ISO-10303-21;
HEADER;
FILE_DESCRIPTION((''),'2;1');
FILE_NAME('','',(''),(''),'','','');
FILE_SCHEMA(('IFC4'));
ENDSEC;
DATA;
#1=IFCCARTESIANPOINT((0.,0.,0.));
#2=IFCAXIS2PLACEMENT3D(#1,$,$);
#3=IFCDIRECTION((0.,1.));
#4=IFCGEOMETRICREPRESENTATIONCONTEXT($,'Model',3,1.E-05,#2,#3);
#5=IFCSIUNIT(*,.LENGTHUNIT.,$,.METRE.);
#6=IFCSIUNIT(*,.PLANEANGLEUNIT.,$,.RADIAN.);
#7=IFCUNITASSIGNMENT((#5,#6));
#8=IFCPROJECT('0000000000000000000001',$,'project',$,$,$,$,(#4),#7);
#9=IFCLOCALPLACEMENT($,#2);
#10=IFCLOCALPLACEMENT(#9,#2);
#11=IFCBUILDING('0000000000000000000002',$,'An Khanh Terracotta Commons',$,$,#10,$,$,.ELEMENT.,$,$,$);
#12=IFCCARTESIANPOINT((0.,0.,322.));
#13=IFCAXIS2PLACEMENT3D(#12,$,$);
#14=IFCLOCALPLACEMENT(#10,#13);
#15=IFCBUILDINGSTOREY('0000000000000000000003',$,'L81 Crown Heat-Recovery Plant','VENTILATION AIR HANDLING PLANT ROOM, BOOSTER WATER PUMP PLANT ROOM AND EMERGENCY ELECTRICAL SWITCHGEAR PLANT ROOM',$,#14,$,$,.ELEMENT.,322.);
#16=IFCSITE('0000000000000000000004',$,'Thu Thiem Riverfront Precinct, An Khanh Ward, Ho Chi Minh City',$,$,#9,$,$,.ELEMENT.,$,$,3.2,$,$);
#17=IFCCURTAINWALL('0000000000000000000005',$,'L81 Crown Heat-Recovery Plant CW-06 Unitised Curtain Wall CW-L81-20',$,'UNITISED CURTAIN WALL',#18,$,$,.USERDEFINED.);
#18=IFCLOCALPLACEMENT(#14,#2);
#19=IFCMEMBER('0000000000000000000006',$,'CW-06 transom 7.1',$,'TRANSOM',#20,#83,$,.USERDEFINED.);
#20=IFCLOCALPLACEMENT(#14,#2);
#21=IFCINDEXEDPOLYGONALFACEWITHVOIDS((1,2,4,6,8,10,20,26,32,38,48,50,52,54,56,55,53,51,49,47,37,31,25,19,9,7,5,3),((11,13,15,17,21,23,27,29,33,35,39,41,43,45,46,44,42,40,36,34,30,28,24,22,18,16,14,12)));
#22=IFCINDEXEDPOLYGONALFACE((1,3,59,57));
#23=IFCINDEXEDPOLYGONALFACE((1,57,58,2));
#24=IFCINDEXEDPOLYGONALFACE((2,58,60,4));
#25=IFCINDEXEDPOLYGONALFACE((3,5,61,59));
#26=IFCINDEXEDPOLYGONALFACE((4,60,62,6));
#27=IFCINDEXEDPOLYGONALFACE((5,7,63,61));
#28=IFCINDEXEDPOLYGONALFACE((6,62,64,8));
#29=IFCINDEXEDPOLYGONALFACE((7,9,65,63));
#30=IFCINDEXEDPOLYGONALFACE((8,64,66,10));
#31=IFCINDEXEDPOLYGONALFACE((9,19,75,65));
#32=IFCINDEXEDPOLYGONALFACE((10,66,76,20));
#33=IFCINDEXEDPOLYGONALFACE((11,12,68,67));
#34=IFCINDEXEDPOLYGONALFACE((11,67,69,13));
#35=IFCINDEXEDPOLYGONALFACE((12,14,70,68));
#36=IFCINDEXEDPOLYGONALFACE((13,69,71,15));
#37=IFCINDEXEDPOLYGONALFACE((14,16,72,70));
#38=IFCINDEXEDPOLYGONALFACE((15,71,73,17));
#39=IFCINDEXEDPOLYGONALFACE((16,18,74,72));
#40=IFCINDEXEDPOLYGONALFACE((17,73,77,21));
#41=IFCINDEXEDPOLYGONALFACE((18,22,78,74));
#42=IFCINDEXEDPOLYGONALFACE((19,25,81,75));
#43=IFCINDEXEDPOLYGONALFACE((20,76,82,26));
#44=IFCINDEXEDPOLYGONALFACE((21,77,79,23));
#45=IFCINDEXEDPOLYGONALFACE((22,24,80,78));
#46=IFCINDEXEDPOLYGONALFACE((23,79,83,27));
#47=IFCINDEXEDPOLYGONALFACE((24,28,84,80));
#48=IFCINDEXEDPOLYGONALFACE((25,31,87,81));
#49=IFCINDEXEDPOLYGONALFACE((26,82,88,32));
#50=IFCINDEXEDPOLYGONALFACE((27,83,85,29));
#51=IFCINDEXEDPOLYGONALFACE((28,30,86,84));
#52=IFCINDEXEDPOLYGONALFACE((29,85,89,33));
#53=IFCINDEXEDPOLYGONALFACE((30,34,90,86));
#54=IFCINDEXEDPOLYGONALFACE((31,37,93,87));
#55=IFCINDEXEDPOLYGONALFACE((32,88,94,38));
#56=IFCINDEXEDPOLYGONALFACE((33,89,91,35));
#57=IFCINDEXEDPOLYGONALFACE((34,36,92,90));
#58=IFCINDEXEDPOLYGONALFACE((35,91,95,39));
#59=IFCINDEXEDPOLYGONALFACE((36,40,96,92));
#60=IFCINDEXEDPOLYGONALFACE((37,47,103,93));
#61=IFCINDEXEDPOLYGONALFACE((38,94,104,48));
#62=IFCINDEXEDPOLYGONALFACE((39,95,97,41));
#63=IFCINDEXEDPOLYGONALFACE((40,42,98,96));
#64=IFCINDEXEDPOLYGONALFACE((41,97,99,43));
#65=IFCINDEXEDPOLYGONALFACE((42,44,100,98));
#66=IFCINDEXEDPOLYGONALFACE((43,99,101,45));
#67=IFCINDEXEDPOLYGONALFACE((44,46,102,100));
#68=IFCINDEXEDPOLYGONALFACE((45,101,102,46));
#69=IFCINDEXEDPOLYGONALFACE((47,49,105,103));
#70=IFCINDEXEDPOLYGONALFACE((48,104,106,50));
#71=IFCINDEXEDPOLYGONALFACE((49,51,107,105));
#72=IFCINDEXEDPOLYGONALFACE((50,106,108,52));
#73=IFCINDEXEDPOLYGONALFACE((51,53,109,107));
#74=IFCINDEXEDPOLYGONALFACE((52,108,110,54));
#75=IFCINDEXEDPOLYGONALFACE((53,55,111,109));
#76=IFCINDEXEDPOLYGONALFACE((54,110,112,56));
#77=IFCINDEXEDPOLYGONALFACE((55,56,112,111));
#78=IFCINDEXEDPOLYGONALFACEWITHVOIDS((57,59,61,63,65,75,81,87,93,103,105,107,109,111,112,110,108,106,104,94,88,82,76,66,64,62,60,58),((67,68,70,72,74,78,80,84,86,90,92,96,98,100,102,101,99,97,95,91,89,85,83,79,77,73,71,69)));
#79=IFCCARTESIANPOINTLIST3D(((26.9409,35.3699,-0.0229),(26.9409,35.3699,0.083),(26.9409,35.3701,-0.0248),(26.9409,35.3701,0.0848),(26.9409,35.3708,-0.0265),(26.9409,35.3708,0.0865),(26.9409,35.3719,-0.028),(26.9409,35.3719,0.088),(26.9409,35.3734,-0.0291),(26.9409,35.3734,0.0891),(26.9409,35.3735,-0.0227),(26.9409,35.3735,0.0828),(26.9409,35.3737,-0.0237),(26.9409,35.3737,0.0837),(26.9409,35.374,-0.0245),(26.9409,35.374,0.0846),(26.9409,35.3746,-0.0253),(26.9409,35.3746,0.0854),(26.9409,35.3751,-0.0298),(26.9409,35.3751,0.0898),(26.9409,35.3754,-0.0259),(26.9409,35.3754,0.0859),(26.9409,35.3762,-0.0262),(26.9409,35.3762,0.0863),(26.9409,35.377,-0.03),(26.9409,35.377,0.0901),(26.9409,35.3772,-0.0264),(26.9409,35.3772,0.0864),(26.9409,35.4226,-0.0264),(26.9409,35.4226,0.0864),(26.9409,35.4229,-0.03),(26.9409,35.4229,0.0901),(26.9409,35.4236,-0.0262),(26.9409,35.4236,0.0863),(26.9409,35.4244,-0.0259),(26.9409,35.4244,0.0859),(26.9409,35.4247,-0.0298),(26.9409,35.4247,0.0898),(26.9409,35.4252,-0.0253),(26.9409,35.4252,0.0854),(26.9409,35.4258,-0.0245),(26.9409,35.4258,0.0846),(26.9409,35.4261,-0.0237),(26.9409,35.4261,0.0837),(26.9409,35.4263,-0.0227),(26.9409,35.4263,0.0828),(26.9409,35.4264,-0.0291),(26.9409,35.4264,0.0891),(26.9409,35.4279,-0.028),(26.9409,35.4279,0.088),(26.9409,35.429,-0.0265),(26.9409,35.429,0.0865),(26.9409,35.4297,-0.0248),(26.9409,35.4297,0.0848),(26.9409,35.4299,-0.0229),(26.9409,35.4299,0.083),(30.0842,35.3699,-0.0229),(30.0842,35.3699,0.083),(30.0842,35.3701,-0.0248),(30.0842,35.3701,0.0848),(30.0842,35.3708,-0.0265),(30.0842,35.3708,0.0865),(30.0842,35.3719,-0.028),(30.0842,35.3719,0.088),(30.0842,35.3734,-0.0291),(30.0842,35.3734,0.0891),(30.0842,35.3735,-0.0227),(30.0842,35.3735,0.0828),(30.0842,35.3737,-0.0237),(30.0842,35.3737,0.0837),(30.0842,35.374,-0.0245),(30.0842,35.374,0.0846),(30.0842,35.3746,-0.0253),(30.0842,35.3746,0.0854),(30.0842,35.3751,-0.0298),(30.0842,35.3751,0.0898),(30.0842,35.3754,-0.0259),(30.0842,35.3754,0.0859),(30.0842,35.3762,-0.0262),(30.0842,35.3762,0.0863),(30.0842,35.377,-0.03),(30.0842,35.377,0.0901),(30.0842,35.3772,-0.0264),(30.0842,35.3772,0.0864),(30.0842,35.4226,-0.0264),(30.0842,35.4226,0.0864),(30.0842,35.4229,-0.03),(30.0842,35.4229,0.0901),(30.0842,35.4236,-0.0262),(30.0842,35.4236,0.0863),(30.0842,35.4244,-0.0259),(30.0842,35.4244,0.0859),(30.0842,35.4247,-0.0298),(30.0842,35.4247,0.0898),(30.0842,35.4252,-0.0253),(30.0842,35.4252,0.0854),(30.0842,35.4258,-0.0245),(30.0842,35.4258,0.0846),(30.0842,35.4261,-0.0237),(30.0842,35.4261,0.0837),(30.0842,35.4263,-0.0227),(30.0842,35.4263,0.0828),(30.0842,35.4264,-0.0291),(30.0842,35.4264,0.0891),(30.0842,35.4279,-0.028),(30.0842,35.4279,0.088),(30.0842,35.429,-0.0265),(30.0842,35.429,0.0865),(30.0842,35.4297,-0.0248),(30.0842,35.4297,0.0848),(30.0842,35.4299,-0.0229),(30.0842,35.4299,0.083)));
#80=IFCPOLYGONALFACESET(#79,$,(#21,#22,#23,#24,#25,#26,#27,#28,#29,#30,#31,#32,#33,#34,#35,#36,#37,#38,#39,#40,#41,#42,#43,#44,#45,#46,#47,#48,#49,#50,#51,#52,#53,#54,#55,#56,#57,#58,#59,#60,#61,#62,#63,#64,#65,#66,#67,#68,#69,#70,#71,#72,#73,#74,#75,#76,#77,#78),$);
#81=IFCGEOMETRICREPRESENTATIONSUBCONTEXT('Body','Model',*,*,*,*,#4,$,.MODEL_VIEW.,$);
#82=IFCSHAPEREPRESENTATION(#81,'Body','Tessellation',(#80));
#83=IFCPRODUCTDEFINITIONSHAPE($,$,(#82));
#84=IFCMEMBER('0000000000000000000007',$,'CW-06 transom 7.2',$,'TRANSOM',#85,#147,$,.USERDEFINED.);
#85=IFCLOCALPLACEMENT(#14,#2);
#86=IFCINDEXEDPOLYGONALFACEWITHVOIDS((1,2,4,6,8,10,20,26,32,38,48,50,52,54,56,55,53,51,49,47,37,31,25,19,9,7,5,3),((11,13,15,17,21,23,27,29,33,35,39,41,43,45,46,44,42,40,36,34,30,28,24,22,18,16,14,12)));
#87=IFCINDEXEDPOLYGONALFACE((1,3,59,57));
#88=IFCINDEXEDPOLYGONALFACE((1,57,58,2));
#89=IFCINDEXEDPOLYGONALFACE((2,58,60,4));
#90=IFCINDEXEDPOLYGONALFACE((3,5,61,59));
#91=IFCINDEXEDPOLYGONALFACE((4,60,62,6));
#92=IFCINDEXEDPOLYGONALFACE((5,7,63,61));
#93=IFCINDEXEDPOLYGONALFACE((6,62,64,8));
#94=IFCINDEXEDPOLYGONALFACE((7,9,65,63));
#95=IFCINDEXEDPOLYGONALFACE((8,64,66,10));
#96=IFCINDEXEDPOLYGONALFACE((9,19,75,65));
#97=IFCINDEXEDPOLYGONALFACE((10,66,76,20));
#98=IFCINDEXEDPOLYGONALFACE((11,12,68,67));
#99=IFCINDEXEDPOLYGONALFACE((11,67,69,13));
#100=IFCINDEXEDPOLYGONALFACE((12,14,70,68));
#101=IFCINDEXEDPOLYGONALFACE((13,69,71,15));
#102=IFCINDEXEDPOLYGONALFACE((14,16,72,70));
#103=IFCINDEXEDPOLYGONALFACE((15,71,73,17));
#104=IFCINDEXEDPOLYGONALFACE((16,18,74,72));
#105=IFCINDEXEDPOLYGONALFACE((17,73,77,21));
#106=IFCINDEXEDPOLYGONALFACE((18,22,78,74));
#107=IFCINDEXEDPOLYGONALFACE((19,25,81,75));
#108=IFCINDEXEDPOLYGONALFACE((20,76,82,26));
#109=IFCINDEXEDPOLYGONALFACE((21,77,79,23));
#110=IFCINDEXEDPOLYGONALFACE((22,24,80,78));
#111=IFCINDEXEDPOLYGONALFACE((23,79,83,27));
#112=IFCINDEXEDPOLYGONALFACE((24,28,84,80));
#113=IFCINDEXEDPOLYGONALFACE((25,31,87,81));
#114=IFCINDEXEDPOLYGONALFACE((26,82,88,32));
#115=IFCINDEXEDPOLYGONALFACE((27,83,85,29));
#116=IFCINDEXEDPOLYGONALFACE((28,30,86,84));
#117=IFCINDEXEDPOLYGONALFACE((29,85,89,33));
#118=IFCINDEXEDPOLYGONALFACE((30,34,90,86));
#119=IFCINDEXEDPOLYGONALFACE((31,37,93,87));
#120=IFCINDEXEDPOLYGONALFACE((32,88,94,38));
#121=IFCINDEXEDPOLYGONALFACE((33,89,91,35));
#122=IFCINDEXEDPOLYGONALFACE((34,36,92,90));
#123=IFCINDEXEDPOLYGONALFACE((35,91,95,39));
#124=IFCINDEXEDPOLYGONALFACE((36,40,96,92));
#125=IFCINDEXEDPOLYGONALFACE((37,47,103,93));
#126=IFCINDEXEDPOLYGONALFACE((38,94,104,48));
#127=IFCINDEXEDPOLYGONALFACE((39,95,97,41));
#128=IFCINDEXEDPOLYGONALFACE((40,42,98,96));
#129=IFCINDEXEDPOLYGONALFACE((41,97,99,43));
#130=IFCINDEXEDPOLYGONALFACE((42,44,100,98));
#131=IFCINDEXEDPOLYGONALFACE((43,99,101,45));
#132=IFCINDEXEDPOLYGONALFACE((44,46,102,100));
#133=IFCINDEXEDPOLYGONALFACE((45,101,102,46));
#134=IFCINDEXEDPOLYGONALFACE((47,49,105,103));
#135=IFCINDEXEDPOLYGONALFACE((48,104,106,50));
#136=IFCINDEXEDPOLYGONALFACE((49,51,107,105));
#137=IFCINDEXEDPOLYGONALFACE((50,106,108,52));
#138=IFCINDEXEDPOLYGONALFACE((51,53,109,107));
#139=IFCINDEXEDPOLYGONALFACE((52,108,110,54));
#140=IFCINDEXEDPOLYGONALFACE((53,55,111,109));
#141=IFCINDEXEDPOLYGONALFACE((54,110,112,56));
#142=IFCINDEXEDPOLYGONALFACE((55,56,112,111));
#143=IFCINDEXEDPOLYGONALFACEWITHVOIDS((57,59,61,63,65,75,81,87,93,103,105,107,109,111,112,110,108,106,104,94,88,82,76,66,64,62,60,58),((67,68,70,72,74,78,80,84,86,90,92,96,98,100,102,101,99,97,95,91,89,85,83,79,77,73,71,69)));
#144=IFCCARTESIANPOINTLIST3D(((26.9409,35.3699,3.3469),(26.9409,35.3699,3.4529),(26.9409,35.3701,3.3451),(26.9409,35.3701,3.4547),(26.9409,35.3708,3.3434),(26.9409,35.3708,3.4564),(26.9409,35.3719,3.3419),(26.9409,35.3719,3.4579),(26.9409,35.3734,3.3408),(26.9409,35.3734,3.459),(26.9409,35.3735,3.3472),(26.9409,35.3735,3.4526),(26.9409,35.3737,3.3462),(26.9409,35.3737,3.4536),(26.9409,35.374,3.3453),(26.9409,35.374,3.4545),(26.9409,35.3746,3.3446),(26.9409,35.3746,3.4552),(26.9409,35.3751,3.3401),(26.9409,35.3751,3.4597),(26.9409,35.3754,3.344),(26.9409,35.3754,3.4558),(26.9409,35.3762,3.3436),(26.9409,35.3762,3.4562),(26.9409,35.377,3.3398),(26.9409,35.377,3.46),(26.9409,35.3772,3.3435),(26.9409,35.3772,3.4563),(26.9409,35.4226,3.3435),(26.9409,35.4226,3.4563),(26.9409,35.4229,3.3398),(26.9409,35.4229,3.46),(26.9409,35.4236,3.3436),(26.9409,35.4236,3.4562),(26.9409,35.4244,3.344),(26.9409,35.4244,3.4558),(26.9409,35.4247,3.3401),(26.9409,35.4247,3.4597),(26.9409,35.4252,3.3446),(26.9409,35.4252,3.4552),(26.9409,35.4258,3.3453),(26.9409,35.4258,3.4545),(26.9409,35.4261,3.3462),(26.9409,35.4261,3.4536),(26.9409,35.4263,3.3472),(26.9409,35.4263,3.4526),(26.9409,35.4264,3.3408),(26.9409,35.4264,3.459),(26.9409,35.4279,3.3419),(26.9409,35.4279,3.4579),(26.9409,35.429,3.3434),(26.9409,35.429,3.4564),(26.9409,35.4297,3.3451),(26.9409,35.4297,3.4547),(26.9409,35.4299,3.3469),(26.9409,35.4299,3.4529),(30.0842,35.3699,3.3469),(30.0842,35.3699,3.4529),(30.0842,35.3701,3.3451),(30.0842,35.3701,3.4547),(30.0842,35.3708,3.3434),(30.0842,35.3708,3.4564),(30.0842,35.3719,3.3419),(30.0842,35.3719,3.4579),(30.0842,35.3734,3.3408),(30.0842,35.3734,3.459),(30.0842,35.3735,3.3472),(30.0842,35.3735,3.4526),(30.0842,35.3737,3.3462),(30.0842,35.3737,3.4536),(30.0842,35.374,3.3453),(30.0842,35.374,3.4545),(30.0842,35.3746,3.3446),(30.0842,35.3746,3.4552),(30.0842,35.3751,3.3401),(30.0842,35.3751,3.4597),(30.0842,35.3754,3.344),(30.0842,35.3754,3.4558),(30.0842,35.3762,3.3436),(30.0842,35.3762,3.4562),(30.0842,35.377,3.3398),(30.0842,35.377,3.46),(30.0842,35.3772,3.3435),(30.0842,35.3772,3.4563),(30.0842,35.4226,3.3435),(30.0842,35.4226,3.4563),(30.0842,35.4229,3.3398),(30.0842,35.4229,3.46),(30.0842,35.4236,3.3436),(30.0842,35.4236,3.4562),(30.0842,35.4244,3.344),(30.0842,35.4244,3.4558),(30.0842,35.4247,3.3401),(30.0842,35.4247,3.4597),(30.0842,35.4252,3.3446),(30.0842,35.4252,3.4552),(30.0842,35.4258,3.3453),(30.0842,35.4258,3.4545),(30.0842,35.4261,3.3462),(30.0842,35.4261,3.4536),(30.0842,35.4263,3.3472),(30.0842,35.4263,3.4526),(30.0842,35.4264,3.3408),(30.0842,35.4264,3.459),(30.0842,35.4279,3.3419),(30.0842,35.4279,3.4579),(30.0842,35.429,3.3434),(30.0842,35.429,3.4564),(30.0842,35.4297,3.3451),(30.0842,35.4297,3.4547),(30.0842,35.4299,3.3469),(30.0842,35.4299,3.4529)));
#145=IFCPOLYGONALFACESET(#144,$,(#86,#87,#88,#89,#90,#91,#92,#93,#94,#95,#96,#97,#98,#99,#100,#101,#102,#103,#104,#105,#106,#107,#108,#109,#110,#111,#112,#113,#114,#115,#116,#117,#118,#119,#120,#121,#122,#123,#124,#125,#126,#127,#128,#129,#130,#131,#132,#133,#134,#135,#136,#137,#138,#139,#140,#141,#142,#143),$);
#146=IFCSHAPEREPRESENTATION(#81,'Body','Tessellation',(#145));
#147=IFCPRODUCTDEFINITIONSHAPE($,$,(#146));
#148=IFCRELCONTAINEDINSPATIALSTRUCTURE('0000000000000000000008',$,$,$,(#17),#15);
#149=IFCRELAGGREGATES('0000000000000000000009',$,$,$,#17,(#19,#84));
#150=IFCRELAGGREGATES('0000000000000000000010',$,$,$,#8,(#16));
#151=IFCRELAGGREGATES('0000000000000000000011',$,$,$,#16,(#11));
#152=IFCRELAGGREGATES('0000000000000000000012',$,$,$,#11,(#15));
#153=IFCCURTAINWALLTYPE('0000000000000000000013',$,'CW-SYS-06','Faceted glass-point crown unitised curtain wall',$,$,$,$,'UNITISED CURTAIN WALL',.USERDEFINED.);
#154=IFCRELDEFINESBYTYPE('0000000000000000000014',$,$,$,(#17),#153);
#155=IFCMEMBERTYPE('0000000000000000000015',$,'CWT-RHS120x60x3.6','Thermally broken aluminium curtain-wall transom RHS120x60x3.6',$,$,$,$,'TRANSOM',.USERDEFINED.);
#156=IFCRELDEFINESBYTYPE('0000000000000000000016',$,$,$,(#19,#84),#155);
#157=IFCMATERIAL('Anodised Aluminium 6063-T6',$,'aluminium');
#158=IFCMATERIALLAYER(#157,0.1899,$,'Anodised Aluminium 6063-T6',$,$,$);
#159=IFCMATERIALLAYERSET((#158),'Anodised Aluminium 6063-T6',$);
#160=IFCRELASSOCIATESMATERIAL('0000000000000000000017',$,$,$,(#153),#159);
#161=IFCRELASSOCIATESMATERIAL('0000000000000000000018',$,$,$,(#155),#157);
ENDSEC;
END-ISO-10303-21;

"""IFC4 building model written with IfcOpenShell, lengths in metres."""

from ifc_helpers import new_model, si_unit, direction, frame, origin, origin_2d, place, context, subcontext, project, spatial, hollow_rectangle, extrude, material, layer, layer_set, material_profile, profile_set, type_object, element, aggregate, save


model = new_model("IFC4")

# Units and contexts
model_context = context("Model", 3, precision=1e-05, world=origin(), true_north=direction((0.0, 1.0)))
body_context = subcontext(model_context, "Body", "Model", "MODEL_VIEW")
ifc_project = project(units=[si_unit("LENGTHUNIT", "METRE"), si_unit("PLANEANGLEUNIT", "RADIAN")], contexts=[model_context])

# Site, building, storey
site_placement = place(None, origin())
site = spatial("IfcSite", under=ifc_project, at=site_placement, Name="Thu Thiem Riverfront Precinct, An Khanh Ward, Ho Chi Minh City", CompositionType="ELEMENT", RefElevation=3.2)
building_placement = place(site_placement, origin())
building = spatial("IfcBuilding", under=site, at=building_placement, Name="An Khanh Terracotta Commons", CompositionType="ELEMENT")
storey_placement = place(building_placement, frame((0.0, 0.0, 322.0)))
storey = spatial("IfcBuildingStorey", under=building, at=storey_placement, Name="L81 Crown Heat-Recovery Plant", Description="VENTILATION AIR HANDLING PLANT ROOM, BOOSTER WATER PUMP PLANT ROOM AND EMERGENCY ELECTRICAL SWITCHGEAR PLANT ROOM", CompositionType="ELEMENT", Elevation=322.0)

# Curtain wall, members
ifc_material_1 = material(Name="Anodised Aluminium 6063-T6", Category="aluminium")
ifc_layer_1 = layer(ifc_material_1, 0.1899, Name="Anodised Aluminium 6063-T6")
ifc_layer_set_1 = layer_set([ifc_layer_1], Name="Anodised Aluminium 6063-T6")
curtain_wall_type = type_object("IfcCurtainWallType", Name="CW-SYS-06", Description="Faceted glass-point crown unitised curtain wall", ElementType="UNITISED CURTAIN WALL", PredefinedType="USERDEFINED", material=ifc_layer_set_1)
curtain_wall_placement = place(storey_placement, origin())
curtain_wall = element("IfcCurtainWall", 1, at=curtain_wall_placement, inside=storey, type_object=curtain_wall_type, Name="L81 Crown Heat-Recovery Plant CW-06 Unitised Curtain Wall CW-L81-20", ObjectType="UNITISED CURTAIN WALL", PredefinedType="USERDEFINED")
ifc_material_profile_1 = material_profile(ifc_material_1, hollow_rectangle(XDim=0.0601, YDim=0.1201, WallThickness=0.0037, InnerFilletRadius=0.0037, OuterFilletRadius=0.0071, at=origin_2d()), Name="RHS120x60x3.6")
ifc_profile_set_1 = profile_set([ifc_material_profile_1], Name="Anodised Aluminium 6063-T6")
member_type_1 = type_object("IfcMemberType", Name="CWT-RHS120x60x3.6", Description="Thermally broken aluminium curtain-wall transom RHS120x60x3.6", ElementType="TRANSOM", PredefinedType="USERDEFINED", material=ifc_profile_set_1)
member_1_placement = place(storey_placement, frame((30.0842, 35.3999, 0.03), z_axis=(-1.0, 0.0, 0.0), x_axis=(0.0, -1.0, 0.0)))
member_1 = element("IfcMember", 2, at=member_1_placement, type_object=member_type_1, Name="CW-06 transom 7.1", ObjectType="TRANSOM", PredefinedType="USERDEFINED", context=body_context, shape_type="SweptSolid", body=[
    extrude(hollow_rectangle(XDim=0.0601, YDim=0.1201, WallThickness=0.0037, InnerFilletRadius=0.0037, OuterFilletRadius=0.0071, at=origin_2d()), origin(), (0.0, 0.0, 1.0), 3.1433),
])
member_2_placement = place(storey_placement, frame((30.0842, 35.3999, 3.3999), z_axis=(-1.0, 0.0, 0.0), x_axis=(0.0, -1.0, 0.0)))
member_2 = element("IfcMember", 3, at=member_2_placement, type_object=member_type_1, Name="CW-06 transom 7.2", ObjectType="TRANSOM", PredefinedType="USERDEFINED", context=body_context, shape_type="SweptSolid", body=[
    extrude(hollow_rectangle(XDim=0.0601, YDim=0.1201, WallThickness=0.0037, InnerFilletRadius=0.0037, OuterFilletRadius=0.0071, at=origin_2d()), origin(), (0.0, 0.0, 1.0), 3.1433),
])
aggregate(curtain_wall, [member_1, member_2])

save(model, "model.ifc")
